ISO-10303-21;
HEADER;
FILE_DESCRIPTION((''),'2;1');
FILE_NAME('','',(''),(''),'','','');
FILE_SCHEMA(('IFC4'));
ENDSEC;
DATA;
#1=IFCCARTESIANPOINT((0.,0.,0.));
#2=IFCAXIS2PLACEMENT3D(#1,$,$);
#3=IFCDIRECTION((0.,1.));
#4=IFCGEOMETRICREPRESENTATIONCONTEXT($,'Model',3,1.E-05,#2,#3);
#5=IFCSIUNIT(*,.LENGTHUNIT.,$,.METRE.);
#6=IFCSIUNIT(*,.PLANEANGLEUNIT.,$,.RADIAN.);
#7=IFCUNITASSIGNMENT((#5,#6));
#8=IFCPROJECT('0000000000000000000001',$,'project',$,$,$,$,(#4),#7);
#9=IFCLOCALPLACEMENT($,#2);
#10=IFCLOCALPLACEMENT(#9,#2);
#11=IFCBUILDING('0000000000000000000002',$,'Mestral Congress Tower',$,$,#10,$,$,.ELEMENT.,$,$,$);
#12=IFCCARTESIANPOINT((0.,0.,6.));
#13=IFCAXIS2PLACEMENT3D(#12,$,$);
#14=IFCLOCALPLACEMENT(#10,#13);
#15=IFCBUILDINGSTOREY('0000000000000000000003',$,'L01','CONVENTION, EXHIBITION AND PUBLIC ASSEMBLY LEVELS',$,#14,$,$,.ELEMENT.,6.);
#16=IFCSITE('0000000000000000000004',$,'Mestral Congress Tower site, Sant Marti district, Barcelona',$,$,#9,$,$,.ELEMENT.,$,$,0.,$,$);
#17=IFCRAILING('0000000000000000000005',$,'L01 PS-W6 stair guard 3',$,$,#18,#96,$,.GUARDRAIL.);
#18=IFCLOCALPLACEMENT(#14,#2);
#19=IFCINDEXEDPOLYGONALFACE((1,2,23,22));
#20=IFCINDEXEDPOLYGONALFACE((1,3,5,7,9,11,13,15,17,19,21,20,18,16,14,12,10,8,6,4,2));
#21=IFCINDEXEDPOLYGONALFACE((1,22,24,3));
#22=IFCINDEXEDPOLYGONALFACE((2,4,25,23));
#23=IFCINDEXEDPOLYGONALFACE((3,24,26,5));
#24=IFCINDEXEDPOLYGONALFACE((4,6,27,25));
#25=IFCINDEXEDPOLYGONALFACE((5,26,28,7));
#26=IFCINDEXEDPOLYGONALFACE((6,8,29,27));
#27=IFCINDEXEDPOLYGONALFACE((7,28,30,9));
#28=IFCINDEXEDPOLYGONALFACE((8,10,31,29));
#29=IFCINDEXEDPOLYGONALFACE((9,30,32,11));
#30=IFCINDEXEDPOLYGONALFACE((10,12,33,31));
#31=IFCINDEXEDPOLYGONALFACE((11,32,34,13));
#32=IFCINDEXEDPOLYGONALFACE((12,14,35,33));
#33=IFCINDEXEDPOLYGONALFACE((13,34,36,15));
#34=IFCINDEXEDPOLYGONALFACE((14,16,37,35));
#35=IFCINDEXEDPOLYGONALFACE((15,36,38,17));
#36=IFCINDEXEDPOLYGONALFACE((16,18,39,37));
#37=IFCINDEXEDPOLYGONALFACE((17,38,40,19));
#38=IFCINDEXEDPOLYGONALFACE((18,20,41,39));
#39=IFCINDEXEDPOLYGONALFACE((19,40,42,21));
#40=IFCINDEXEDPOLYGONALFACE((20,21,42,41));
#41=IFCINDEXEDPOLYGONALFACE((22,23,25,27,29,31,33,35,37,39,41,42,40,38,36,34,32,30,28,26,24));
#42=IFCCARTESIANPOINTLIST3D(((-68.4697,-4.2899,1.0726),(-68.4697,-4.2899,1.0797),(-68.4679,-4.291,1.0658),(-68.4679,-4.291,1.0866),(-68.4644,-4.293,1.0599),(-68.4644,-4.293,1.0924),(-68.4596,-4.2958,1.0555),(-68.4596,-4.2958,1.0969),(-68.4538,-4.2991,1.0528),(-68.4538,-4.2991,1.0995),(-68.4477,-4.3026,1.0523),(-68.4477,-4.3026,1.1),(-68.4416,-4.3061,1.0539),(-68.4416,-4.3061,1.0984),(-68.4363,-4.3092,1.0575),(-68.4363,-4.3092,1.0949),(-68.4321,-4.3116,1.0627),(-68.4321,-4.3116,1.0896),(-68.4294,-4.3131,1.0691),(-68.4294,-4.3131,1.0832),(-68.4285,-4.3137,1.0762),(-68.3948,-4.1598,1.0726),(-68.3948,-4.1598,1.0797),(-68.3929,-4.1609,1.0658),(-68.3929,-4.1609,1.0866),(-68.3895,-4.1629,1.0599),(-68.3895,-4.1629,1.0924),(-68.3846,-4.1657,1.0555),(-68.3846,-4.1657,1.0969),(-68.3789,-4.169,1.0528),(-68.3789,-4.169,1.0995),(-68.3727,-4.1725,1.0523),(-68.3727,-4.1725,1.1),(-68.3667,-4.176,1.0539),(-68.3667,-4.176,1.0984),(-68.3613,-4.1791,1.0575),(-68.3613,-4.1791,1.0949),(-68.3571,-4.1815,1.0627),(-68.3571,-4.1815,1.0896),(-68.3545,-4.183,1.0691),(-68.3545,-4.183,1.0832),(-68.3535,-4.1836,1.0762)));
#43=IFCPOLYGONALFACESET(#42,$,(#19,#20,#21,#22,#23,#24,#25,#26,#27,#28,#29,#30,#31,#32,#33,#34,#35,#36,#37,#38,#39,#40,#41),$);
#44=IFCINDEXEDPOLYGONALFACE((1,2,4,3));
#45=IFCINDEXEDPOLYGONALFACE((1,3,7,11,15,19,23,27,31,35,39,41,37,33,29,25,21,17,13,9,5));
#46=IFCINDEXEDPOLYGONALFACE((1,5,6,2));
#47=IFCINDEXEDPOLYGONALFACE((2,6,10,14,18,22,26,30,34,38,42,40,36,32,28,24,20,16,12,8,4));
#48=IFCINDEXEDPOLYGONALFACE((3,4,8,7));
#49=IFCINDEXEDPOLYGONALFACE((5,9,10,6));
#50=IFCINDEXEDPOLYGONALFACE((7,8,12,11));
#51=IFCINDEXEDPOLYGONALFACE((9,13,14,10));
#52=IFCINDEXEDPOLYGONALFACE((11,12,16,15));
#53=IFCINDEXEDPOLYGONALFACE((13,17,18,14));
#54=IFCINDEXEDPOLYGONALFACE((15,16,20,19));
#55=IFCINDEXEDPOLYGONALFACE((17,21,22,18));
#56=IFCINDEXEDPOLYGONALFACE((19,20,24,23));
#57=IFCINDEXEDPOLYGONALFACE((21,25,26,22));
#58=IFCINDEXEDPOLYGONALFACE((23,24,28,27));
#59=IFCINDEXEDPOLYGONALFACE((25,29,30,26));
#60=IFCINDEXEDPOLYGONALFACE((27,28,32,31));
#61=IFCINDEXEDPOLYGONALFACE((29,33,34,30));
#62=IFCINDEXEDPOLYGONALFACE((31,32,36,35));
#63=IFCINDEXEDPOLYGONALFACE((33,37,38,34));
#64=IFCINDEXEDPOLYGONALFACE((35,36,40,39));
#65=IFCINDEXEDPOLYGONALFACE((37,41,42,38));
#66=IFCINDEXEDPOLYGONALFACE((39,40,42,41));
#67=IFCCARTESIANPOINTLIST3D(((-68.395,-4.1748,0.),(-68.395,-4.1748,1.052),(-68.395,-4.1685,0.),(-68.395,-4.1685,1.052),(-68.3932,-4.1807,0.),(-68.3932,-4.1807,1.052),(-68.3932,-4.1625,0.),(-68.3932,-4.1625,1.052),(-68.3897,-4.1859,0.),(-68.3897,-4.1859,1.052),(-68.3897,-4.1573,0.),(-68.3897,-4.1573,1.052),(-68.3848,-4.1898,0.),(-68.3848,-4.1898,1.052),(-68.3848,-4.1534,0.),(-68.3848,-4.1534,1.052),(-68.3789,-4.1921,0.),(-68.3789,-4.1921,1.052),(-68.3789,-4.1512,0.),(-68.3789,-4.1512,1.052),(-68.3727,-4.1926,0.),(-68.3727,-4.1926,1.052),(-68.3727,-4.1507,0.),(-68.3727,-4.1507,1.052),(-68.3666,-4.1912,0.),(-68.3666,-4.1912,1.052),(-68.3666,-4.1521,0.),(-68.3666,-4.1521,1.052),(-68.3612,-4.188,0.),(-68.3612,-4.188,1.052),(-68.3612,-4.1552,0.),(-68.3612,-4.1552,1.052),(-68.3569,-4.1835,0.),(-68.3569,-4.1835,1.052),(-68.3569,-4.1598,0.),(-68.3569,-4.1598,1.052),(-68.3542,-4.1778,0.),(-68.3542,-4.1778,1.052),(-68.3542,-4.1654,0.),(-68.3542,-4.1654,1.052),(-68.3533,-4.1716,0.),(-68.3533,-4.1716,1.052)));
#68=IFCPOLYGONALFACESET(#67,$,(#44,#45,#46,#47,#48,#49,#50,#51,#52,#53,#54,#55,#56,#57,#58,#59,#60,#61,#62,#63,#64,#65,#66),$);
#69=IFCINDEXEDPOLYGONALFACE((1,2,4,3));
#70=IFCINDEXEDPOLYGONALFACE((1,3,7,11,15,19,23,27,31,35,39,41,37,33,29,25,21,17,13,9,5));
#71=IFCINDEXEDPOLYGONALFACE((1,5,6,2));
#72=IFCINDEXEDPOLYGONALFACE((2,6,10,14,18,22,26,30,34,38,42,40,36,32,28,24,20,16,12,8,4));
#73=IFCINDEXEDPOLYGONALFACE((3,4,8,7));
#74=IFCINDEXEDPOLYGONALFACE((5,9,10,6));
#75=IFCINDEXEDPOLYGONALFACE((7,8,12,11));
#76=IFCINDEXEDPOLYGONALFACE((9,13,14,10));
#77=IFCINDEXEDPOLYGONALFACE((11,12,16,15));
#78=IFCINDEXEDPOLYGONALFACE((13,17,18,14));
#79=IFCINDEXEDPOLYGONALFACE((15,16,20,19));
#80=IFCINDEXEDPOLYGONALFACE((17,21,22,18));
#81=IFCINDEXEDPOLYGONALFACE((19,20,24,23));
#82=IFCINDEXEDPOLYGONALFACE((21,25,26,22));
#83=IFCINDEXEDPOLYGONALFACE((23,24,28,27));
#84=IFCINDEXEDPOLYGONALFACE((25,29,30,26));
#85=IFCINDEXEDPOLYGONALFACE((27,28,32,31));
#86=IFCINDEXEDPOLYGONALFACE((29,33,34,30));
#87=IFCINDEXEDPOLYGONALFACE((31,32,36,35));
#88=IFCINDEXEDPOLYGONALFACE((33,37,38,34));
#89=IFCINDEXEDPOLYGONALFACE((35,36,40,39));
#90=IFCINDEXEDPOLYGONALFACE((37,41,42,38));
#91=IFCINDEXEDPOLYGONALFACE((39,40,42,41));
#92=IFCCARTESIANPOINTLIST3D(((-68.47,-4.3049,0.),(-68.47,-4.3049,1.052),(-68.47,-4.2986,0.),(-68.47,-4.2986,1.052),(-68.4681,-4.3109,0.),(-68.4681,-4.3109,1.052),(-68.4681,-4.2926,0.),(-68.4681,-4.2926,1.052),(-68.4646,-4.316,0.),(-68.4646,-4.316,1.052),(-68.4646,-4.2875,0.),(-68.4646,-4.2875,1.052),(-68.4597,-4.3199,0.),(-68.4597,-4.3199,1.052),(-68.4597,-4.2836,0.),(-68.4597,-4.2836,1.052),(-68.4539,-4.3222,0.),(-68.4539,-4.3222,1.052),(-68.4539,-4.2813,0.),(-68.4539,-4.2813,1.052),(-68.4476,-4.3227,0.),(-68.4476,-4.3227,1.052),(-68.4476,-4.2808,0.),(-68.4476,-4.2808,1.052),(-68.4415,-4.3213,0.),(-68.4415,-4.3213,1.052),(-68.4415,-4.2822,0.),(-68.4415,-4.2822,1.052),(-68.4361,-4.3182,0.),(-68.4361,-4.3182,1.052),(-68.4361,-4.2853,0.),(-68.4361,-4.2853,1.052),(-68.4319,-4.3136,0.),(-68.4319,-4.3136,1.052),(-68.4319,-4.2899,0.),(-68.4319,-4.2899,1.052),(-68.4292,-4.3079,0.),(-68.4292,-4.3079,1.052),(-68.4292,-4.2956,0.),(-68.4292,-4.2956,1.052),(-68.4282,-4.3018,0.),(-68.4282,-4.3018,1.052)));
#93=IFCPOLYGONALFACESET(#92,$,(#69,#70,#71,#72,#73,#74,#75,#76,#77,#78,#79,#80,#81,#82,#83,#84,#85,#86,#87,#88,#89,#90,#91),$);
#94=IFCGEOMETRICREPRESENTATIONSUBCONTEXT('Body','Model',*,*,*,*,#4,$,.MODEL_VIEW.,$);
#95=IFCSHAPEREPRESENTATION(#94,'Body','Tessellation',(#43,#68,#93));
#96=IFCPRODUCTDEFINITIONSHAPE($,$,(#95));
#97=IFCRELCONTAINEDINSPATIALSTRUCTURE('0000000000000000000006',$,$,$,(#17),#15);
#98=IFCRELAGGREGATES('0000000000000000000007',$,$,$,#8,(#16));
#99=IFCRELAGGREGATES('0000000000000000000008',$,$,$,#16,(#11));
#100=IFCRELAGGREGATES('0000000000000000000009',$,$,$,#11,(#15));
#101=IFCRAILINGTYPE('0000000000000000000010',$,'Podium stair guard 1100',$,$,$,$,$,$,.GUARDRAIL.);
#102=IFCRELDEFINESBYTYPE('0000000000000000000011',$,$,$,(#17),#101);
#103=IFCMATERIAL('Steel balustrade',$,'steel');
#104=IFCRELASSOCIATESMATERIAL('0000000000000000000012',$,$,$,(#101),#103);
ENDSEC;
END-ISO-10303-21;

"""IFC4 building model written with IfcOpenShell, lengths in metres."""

from ifc_helpers import new_model, si_unit, direction, frame, origin, origin_2d, place, context, subcontext, project, spatial, circle, extrude, material, type_object, element, save


model = new_model("IFC4")

# Units and contexts
model_context = context("Model", 3, precision=1e-05, world=origin(), true_north=direction((0.0, 1.0)))
body_context = subcontext(model_context, "Body", "Model", "MODEL_VIEW")
ifc_project = project(units=[si_unit("LENGTHUNIT", "METRE"), si_unit("PLANEANGLEUNIT", "RADIAN")], contexts=[model_context])

# Site, building, storey
site_placement = place(None, origin())
site = spatial("IfcSite", under=ifc_project, at=site_placement, Name="Mestral Congress Tower site, Sant Marti district, Barcelona", CompositionType="ELEMENT", RefElevation=0.0)
building_placement = place(site_placement, origin())
building = spatial("IfcBuilding", under=site, at=building_placement, Name="Mestral Congress Tower", CompositionType="ELEMENT")
storey_placement = place(building_placement, frame((0.0, 0.0, 6.0)))
storey = spatial("IfcBuildingStorey", under=building, at=storey_placement, Name="L01", Description="CONVENTION, EXHIBITION AND PUBLIC ASSEMBLY LEVELS", CompositionType="ELEMENT", Elevation=6.0)

# Railing
ifc_material_1 = material(Name="Steel balustrade", Category="steel")
railing_type_1 = type_object("IfcRailingType", Name="Podium stair guard 1100", PredefinedType="GUARDRAIL", material=ifc_material_1)
railing_1_placement = place(storey_placement, frame((-68.3743, -4.1716, 0.0)))
element("IfcRailing", 1, at=railing_1_placement, inside=storey, type_object=railing_type_1, Name="L01 PS-W6 stair guard 3", PredefinedType="GUARDRAIL", context=body_context, shape_type="SweptSolid", body=[
    extrude(circle(Radius=0.0239, at=origin_2d()), frame((0.0, 0.0, 1.0762), z_axis=(-0.499112, -0.866537, 0.0), x_axis=(0.866537, -0.499112, 0.0)), (0.0, 0.0, 1.0), 0.1501),
    extrude(circle(Radius=0.021, at=origin_2d()), origin(), (0.0, 0.0, 1.0), 1.052),
    extrude(circle(Radius=0.021, at=origin_2d()), frame((-0.075, -0.1301, 0.0)), (0.0, 0.0, 1.0), 1.052),
])

save(model, "model.ifc")
